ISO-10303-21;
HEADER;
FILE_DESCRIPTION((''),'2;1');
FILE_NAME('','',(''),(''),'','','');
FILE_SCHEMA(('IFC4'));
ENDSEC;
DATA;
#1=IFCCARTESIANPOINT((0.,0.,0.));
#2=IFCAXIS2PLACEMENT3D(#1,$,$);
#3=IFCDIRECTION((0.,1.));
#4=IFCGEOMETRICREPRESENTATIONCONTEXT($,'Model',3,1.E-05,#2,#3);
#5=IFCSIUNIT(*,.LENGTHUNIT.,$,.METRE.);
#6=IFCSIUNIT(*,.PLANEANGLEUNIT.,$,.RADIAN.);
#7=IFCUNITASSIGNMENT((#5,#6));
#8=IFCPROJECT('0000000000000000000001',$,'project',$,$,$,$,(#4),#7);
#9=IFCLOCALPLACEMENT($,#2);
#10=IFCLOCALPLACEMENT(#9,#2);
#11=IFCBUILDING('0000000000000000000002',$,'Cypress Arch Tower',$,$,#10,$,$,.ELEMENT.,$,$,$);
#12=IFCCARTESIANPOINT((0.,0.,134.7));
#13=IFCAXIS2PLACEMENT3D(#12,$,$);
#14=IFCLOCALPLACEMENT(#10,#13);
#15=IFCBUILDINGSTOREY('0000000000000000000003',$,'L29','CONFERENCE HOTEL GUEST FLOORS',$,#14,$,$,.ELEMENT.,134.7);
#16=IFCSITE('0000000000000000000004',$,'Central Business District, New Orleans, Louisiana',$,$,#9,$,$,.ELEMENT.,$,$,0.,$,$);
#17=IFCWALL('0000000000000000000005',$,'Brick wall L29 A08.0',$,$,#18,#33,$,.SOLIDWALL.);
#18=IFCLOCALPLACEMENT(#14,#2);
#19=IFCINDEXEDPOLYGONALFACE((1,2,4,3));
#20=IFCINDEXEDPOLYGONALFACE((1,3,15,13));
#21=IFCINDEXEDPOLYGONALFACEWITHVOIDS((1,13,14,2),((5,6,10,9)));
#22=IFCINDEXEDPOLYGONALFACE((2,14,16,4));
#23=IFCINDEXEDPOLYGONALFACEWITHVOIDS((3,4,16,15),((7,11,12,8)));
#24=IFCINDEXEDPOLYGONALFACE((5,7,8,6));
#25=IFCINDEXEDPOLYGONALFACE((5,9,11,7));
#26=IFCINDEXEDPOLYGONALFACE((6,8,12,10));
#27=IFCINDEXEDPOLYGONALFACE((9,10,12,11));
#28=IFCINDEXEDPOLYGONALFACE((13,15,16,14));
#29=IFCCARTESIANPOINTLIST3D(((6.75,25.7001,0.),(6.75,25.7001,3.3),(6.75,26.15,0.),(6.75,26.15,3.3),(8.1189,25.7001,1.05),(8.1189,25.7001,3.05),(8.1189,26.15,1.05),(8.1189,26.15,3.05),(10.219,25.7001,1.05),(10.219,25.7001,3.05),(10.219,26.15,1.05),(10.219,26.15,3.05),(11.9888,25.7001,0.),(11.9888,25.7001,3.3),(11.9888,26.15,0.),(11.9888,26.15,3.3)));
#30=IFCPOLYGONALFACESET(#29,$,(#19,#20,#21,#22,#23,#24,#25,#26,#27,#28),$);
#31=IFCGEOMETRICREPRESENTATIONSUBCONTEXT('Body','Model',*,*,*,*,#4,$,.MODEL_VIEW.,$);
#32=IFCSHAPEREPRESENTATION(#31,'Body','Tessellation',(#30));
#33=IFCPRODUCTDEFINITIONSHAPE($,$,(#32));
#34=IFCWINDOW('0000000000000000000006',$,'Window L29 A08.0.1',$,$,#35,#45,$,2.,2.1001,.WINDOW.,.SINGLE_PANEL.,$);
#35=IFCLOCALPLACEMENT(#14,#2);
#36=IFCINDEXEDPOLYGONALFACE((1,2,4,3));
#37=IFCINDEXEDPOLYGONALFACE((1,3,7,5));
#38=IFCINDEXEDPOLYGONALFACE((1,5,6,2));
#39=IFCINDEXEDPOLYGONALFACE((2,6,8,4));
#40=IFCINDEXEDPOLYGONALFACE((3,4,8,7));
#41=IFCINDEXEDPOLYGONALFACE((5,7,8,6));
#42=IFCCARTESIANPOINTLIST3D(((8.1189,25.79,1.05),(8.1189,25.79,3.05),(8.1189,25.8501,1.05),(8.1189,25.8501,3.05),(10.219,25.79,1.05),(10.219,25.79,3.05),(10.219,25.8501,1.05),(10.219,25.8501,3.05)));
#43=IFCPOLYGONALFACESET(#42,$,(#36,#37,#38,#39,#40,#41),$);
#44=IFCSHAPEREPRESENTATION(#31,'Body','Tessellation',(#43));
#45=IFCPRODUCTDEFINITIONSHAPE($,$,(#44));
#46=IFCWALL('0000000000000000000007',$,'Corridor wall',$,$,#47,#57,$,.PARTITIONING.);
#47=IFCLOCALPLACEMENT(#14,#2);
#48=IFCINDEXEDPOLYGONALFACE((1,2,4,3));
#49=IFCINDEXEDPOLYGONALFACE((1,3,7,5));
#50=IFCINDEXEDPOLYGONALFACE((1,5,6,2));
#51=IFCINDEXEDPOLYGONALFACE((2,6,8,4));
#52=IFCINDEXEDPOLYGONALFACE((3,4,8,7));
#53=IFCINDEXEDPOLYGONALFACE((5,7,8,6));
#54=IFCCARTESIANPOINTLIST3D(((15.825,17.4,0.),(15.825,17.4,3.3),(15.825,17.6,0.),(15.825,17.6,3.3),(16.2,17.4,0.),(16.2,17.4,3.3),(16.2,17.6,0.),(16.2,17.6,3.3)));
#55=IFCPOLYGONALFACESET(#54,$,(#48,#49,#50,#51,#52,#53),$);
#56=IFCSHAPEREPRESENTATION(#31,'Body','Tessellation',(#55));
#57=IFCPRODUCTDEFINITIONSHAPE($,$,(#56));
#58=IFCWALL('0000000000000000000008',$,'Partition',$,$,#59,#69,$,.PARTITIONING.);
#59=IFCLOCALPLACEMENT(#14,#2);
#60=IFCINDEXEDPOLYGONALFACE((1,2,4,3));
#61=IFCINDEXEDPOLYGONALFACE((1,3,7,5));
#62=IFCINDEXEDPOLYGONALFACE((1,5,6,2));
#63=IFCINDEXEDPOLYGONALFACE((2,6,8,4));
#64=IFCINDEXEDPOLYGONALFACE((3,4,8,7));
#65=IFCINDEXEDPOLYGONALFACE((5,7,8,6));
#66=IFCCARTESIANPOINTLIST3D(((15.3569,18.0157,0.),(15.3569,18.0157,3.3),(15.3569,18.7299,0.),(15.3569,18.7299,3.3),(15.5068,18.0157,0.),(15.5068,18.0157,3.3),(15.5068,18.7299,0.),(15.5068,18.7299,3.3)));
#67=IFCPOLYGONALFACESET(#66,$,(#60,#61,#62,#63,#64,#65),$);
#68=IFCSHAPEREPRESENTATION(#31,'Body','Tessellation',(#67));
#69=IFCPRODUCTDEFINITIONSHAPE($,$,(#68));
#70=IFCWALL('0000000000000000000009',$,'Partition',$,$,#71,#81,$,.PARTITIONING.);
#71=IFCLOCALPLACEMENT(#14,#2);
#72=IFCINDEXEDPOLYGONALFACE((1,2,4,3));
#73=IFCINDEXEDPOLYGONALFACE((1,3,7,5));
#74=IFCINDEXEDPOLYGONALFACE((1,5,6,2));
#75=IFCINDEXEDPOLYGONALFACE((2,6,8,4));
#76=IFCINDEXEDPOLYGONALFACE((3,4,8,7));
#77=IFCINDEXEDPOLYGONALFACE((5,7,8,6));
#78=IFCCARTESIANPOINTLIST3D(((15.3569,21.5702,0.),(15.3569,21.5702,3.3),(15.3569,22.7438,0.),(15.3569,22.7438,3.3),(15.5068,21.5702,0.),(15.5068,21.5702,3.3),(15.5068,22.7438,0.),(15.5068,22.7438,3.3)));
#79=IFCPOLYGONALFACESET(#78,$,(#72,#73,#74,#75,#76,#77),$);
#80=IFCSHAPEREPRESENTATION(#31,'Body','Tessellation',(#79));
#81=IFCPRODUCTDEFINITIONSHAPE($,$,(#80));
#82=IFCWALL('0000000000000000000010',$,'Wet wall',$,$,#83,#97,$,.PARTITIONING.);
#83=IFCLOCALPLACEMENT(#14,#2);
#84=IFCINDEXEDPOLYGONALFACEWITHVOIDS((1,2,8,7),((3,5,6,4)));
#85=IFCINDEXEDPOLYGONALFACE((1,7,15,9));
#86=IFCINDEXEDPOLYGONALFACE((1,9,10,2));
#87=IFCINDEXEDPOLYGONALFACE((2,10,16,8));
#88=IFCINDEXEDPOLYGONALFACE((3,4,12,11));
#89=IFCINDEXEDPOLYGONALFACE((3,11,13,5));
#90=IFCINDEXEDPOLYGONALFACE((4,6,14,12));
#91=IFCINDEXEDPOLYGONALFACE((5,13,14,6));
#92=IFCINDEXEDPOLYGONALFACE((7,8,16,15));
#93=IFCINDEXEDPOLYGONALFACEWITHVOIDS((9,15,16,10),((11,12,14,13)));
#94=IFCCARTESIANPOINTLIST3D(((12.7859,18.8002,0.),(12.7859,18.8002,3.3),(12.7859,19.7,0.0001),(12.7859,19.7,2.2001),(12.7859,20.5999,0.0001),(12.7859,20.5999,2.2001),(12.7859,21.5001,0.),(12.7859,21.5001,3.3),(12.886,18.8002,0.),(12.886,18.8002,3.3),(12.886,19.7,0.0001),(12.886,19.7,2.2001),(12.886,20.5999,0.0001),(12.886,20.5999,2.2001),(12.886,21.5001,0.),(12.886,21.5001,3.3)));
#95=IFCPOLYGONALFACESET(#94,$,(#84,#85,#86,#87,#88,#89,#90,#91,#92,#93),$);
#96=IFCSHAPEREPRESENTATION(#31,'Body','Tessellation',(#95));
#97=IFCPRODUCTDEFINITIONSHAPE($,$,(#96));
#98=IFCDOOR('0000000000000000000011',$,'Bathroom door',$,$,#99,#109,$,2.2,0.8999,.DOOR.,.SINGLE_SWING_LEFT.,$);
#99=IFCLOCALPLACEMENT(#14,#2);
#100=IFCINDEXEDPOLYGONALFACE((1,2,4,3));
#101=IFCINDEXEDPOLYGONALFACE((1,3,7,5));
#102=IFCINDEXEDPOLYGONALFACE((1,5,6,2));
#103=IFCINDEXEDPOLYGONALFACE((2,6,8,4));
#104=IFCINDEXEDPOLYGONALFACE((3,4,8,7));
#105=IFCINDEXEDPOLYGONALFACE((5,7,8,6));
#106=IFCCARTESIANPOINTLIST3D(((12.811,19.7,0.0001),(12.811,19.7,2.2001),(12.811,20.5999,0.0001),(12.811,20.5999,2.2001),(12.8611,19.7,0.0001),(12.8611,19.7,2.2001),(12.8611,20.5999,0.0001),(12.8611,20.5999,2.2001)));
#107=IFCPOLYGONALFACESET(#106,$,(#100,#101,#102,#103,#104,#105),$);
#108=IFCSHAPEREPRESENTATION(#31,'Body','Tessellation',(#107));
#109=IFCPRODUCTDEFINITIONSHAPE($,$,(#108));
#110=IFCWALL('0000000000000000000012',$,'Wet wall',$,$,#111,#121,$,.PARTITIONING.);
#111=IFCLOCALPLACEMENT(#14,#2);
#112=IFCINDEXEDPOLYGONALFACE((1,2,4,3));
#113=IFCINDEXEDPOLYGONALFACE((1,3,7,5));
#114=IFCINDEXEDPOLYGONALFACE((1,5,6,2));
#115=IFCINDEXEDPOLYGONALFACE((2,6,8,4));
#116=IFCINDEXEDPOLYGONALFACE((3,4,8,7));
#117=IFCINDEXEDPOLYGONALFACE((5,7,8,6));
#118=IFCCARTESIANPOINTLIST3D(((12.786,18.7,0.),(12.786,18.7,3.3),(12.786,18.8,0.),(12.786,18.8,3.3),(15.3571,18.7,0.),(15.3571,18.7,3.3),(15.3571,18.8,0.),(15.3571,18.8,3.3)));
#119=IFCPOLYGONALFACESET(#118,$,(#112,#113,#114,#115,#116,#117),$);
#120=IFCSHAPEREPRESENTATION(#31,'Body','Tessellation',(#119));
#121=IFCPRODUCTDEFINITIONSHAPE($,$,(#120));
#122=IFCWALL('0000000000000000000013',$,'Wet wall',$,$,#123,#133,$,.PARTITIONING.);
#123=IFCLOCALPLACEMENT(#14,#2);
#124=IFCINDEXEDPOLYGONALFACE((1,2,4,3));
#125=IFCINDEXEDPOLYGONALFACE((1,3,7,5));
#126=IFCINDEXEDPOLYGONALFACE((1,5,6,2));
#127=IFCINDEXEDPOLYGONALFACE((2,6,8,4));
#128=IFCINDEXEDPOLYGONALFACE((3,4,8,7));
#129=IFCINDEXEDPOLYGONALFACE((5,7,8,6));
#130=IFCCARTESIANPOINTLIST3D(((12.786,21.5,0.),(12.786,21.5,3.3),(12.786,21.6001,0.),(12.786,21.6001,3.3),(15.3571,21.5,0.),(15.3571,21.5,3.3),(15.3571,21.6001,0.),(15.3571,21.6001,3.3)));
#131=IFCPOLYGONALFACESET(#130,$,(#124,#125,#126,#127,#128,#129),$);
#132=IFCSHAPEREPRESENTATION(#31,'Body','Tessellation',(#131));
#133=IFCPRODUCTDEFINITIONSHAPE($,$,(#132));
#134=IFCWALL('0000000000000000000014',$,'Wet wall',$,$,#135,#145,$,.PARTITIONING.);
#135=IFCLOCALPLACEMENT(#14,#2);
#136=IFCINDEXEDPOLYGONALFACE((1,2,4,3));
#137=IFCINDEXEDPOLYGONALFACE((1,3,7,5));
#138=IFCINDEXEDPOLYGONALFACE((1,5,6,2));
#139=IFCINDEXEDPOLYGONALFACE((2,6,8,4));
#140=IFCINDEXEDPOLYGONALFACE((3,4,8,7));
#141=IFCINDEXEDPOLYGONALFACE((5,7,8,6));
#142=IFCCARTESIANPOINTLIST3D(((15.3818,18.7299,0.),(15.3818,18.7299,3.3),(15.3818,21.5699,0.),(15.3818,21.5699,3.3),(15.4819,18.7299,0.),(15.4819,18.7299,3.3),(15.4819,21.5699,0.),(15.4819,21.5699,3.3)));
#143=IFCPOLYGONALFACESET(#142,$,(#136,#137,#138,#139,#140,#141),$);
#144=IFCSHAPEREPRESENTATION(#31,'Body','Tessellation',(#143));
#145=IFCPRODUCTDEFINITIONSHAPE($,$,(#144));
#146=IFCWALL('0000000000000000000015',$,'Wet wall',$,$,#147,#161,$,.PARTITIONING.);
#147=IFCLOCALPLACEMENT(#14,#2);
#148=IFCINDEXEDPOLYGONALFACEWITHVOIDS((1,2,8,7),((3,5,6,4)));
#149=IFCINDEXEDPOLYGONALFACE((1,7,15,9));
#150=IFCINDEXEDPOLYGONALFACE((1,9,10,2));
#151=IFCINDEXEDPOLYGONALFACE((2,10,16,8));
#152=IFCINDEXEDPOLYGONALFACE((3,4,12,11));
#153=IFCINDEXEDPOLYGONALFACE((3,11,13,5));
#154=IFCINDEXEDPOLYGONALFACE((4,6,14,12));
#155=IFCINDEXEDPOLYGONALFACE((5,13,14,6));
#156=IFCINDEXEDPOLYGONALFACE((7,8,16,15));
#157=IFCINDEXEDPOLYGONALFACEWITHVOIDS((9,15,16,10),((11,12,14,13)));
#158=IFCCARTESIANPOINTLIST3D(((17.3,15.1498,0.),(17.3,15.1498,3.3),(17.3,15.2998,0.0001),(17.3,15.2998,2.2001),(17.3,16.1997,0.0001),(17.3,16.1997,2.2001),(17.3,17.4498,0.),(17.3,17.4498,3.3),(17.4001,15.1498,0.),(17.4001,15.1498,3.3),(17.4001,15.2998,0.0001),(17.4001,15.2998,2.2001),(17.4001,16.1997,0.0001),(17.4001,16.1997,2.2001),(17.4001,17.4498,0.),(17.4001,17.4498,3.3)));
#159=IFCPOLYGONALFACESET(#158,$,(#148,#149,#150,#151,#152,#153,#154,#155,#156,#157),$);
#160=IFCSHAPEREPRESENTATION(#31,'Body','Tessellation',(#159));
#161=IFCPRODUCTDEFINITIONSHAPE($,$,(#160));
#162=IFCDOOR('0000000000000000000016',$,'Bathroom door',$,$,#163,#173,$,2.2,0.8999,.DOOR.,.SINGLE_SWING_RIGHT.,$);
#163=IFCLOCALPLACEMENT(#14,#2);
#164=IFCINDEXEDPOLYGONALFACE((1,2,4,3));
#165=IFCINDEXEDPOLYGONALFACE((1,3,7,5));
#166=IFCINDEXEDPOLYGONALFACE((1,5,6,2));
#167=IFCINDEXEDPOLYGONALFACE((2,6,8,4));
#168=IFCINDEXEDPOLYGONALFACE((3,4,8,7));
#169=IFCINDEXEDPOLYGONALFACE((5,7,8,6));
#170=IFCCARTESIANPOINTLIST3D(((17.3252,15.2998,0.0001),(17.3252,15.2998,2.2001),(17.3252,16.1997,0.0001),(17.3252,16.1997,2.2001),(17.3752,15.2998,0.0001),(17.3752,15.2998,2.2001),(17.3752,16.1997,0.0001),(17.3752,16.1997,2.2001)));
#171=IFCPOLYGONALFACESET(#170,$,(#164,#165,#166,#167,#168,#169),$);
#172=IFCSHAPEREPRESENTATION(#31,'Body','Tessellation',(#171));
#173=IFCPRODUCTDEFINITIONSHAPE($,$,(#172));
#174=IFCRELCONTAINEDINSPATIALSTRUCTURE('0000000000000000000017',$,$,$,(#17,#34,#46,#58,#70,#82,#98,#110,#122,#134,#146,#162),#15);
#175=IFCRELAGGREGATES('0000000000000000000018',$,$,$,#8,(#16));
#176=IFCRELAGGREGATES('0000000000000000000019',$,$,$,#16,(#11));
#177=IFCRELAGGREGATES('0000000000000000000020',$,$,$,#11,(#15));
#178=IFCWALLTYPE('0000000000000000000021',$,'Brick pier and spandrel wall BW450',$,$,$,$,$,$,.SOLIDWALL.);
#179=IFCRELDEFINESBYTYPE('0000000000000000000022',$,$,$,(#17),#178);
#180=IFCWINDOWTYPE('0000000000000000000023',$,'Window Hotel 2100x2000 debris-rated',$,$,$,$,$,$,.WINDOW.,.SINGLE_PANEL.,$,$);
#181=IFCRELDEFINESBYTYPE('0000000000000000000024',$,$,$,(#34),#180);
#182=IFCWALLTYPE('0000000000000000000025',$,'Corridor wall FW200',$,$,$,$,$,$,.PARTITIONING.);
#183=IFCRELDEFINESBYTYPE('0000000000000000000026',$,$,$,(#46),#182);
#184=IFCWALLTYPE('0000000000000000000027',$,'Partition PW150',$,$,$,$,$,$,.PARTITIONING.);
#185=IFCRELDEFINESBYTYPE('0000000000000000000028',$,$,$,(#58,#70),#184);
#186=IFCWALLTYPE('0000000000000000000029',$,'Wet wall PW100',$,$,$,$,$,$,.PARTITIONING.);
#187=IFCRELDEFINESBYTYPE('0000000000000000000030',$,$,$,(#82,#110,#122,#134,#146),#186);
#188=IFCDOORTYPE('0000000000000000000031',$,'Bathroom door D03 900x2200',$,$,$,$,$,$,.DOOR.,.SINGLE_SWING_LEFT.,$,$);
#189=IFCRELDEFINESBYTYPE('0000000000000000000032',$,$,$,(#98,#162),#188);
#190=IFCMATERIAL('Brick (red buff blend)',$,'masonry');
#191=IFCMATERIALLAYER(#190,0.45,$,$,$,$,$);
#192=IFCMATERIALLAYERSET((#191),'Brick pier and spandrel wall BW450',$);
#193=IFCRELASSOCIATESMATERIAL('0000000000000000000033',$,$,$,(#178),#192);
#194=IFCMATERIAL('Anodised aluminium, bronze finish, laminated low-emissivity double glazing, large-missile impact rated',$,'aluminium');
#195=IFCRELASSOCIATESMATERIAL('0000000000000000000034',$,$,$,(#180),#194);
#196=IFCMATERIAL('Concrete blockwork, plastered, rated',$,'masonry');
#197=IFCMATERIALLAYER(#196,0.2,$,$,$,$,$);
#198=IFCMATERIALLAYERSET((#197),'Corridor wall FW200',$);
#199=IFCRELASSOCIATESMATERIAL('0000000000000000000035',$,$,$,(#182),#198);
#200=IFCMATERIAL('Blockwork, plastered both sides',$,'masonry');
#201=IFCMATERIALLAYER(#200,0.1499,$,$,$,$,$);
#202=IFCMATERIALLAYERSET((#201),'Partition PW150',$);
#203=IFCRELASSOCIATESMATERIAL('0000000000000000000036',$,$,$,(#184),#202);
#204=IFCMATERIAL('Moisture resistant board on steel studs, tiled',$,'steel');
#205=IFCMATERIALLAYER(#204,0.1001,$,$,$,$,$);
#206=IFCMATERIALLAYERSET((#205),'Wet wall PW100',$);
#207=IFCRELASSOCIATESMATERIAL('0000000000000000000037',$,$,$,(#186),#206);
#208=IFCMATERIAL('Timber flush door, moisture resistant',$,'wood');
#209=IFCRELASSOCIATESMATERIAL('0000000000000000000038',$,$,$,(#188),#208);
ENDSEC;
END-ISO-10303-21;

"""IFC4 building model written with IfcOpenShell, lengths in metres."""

from ifc_helpers import new_model, si_unit, direction, frame, frame_2d, origin, place, context, subcontext, project, spatial, rectangle, extrude, material, layer, layer_set, type_object, element, fill, save


model = new_model("IFC4")

# Units and contexts
model_context = context("Model", 3, precision=1e-05, world=origin(), true_north=direction((0.0, 1.0)))
body_context = subcontext(model_context, "Body", "Model", "MODEL_VIEW")
ifc_project = project(units=[si_unit("LENGTHUNIT", "METRE"), si_unit("PLANEANGLEUNIT", "RADIAN")], contexts=[model_context])

# Site, building, storey
site_placement = place(None, origin())
site = spatial("IfcSite", under=ifc_project, at=site_placement, Name="Central Business District, New Orleans, Louisiana", CompositionType="ELEMENT", RefElevation=0.0)
building_placement = place(site_placement, origin())
building = spatial("IfcBuilding", under=site, at=building_placement, Name="Cypress Arch Tower", CompositionType="ELEMENT")
storey_placement = place(building_placement, frame((0.0, 0.0, 134.7)))
storey = spatial("IfcBuildingStorey", under=building, at=storey_placement, Name="L29", Description="CONFERENCE HOTEL GUEST FLOORS", CompositionType="ELEMENT", Elevation=134.7)

# Shared definitions
ifc_material_1 = material(Name="Brick (red buff blend)", Category="masonry")
ifc_layer_1 = layer(ifc_material_1, 0.45)
ifc_layer_set_1 = layer_set([ifc_layer_1], Name="Brick pier and spandrel wall BW450")
wall_type_1 = type_object("IfcWallType", Name="Brick pier and spandrel wall BW450", PredefinedType="SOLIDWALL", material=ifc_layer_set_1)

# Wall, opening, window
wall_1_placement = place(storey_placement, frame((11.9888, 25.925, 0.0), z_axis=(0.0, 0.0, 1.0), x_axis=(-1.0, 0.0, 0.0)))
wall_1 = element("IfcWall", 1, at=wall_1_placement, inside=storey, type_object=wall_type_1, Name="Brick wall L29 A08.0", PredefinedType="SOLIDWALL", context=body_context, shape_type="SweptSolid", body=[
    extrude(rectangle(XDim=5.2388, YDim=0.45, at=frame_2d((2.6194, 0.0))), origin(), (0.0, 0.0, 1.0), 3.3),
])
opening_1_placement = place(wall_1_placement, frame((1.7698, 0.0, 1.05)))
opening_1 = element("IfcOpeningElement", 2, at=opening_1_placement, cuts=wall_1, PredefinedType="OPENING", context=body_context, shape_type="SweptSolid", body=[
    extrude(rectangle(XDim=2.1001, YDim=2.0, at=frame_2d((1.05, 1.0))), frame((0.0, 0.2349, 0.0), z_axis=(0.0, -1.0, 0.0), x_axis=(1.0, 0.0, 0.0)), (0.0, 0.0, 1.0), 0.47),
])
ifc_material_2 = material(Name="Anodised aluminium, bronze finish, laminated low-emissivity double glazing, large-missile impact rated", Category="aluminium")
window_type_1 = type_object("IfcWindowType", Name="Window Hotel 2100x2000 debris-rated", PartitioningType="SINGLE_PANEL", PredefinedType="WINDOW", material=ifc_material_2)
window_1_placement = place(opening_1_placement, origin())
window_1 = element("IfcWindow", 3, at=window_1_placement, inside=storey, type_object=window_type_1, Name="Window L29 A08.0.1", OverallHeight=2.0, OverallWidth=2.1001, PartitioningType="SINGLE_PANEL", PredefinedType="WINDOW", context=body_context, shape_type="SweptSolid", body=[
    extrude(rectangle(XDim=2.1001, YDim=2.0, at=frame_2d((1.05, 1.0))), frame((0.0, 0.135, 0.0), z_axis=(0.0, -1.0, 0.0), x_axis=(1.0, 0.0, 0.0)), (0.0, 0.0, 1.0), 0.0601),
])
fill(opening_1, window_1)

# Walls
ifc_material_3 = material(Name="Concrete blockwork, plastered, rated", Category="masonry")
ifc_layer_2 = layer(ifc_material_3, 0.2)
ifc_layer_set_2 = layer_set([ifc_layer_2], Name="Corridor wall FW200")
wall_type_2 = type_object("IfcWallType", Name="Corridor wall FW200", PredefinedType="PARTITIONING", material=ifc_layer_set_2)
wall_2_placement = place(storey_placement, frame((15.825, 17.5, 0.0), z_axis=(0.0, 0.0, 1.0), x_axis=(1.0, 0.0, 0.0)))
element("IfcWall", 4, at=wall_2_placement, inside=storey, type_object=wall_type_2, Name="Corridor wall", PredefinedType="PARTITIONING", context=body_context, shape_type="SweptSolid", body=[
    extrude(rectangle(XDim=0.375, YDim=0.2, at=frame_2d((0.1875, 0.0))), origin(), (0.0, 0.0, 1.0), 3.3),
])
ifc_material_4 = material(Name="Blockwork, plastered both sides", Category="masonry")
ifc_layer_3 = layer(ifc_material_4, 0.1499)
ifc_layer_set_3 = layer_set([ifc_layer_3], Name="Partition PW150")
wall_type_3 = type_object("IfcWallType", Name="Partition PW150", PredefinedType="PARTITIONING", material=ifc_layer_set_3)
wall_3_placement = place(storey_placement, frame((15.4319, 18.0159, 0.0), z_axis=(0.0, 0.0, 1.0), x_axis=(0.0, 1.0, 0.0)))
element("IfcWall", 5, at=wall_3_placement, inside=storey, type_object=wall_type_3, Name="Partition", PredefinedType="PARTITIONING", context=body_context, shape_type="SweptSolid", body=[
    extrude(rectangle(XDim=0.7141, YDim=0.1499, at=frame_2d((0.3569, 0.0))), origin(), (0.0, 0.0, 1.0), 3.3),
])
wall_4_placement = place(storey_placement, frame((15.4319, 21.5701, 0.0), z_axis=(0.0, 0.0, 1.0), x_axis=(0.0, 1.0, 0.0)))
element("IfcWall", 6, at=wall_4_placement, inside=storey, type_object=wall_type_3, Name="Partition", PredefinedType="PARTITIONING", context=body_context, shape_type="SweptSolid", body=[
    extrude(rectangle(XDim=1.1736, YDim=0.1499, at=frame_2d((0.5869, 0.0))), origin(), (0.0, 0.0, 1.0), 3.3),
])

# Wall, opening, door
ifc_material_5 = material(Name="Moisture resistant board on steel studs, tiled", Category="steel")
ifc_layer_4 = layer(ifc_material_5, 0.1001)
ifc_layer_set_4 = layer_set([ifc_layer_4], Name="Wet wall PW100")
wall_type_4 = type_object("IfcWallType", Name="Wet wall PW100", PredefinedType="PARTITIONING", material=ifc_layer_set_4)
wall_5_placement = place(storey_placement, frame((12.8359, 18.8, 0.0), z_axis=(0.0, 0.0, 1.0), x_axis=(0.0, 1.0, 0.0)))
wall_5 = element("IfcWall", 7, at=wall_5_placement, inside=storey, type_object=wall_type_4, Name="Wet wall", PredefinedType="PARTITIONING", context=body_context, shape_type="SweptSolid", body=[
    extrude(rectangle(XDim=2.7, YDim=0.1001, at=frame_2d((1.3501, 0.0))), origin(), (0.0, 0.0, 1.0), 3.3),
])
opening_2_placement = place(wall_5_placement, frame((0.8999, 0.0, 0.0)))
opening_2 = element("IfcOpeningElement", 8, at=opening_2_placement, cuts=wall_5, PredefinedType="OPENING", context=body_context, shape_type="SweptSolid", body=[
    extrude(rectangle(XDim=0.8999, YDim=2.2, at=frame_2d((0.45, 1.1001))), frame((0.0, 0.0601, 0.0), z_axis=(0.0, -1.0, 0.0), x_axis=(1.0, 0.0, 0.0)), (0.0, 0.0, 1.0), 0.1201),
])
ifc_material_6 = material(Name="Timber flush door, moisture resistant", Category="wood")
door_type_1 = type_object("IfcDoorType", Name="Bathroom door D03 900x2200", OperationType="SINGLE_SWING_LEFT", PredefinedType="DOOR", material=ifc_material_6)
door_1_placement = place(opening_2_placement, origin())
door_1 = element("IfcDoor", 9, at=door_1_placement, inside=storey, type_object=door_type_1, Name="Bathroom door", OperationType="SINGLE_SWING_LEFT", OverallHeight=2.2, OverallWidth=0.8999, PredefinedType="DOOR", context=body_context, shape_type="SweptSolid", body=[
    extrude(rectangle(XDim=0.8999, YDim=2.2, at=frame_2d((0.45, 1.1001))), frame((0.0, 0.0249, 0.0), z_axis=(0.0, -1.0, 0.0), x_axis=(1.0, 0.0, 0.0)), (0.0, 0.0, 1.0), 0.05),
])
fill(opening_2, door_1)

# Walls
for number, where, z_axis, x_axis, name in (
    (10, (12.7859, 18.75, 0.0), (0.0, 0.0, 1.0), (1.0, 0.0, 0.0), "Wet wall"),
    (11, (12.7859, 21.55, 0.0), (0.0, 0.0, 1.0), (1.0, 0.0, 0.0), "Wet wall"),
):
    element("IfcWall", number, at=place(storey_placement, frame(where, z_axis=z_axis, x_axis=x_axis)), inside=storey, type_object=wall_type_4, Name=name, PredefinedType="PARTITIONING", context=body_context, shape_type="SweptSolid", body=[
        extrude(rectangle(XDim=2.571, YDim=0.1001, at=frame_2d((1.2856, 0.0))), origin(), (0.0, 0.0, 1.0), 3.3),
    ])
wall_6_placement = place(storey_placement, frame((15.4319, 18.73, 0.0), z_axis=(0.0, 0.0, 1.0), x_axis=(0.0, 1.0, 0.0)))
element("IfcWall", 12, at=wall_6_placement, inside=storey, type_object=wall_type_4, Name="Wet wall", PredefinedType="PARTITIONING", context=body_context, shape_type="SweptSolid", body=[
    extrude(rectangle(XDim=2.8401, YDim=0.1001, at=frame_2d((1.4199, 0.0))), origin(), (0.0, 0.0, 1.0), 3.3),
])

# Wall, opening, door
wall_7_placement = place(storey_placement, frame((17.3501, 15.1499, 0.0), z_axis=(0.0, 0.0, 1.0), x_axis=(0.0, 1.0, 0.0)))
wall_7 = element("IfcWall", 13, at=wall_7_placement, inside=storey, type_object=wall_type_4, Name="Wet wall", PredefinedType="PARTITIONING", context=body_context, shape_type="SweptSolid", body=[
    extrude(rectangle(XDim=2.3, YDim=0.1001, at=frame_2d((1.1499, 0.0))), origin(), (0.0, 0.0, 1.0), 3.3),
])
opening_3_placement = place(wall_7_placement, frame((0.1499, 0.0, 0.0)))
opening_3 = element("IfcOpeningElement", 14, at=opening_3_placement, cuts=wall_7, PredefinedType="OPENING", context=body_context, shape_type="SweptSolid", body=[
    extrude(rectangle(XDim=0.8999, YDim=2.2, at=frame_2d((0.45, 1.1001))), frame((0.0, 0.0601, 0.0), z_axis=(0.0, -1.0, 0.0), x_axis=(1.0, 0.0, 0.0)), (0.0, 0.0, 1.0), 0.1201),
])
door_2_placement = place(opening_3_placement, origin())
door_2 = element("IfcDoor", 15, at=door_2_placement, inside=storey, type_object=door_type_1, Name="Bathroom door", OperationType="SINGLE_SWING_RIGHT", OverallHeight=2.2, OverallWidth=0.8999, PredefinedType="DOOR", context=body_context, shape_type="SweptSolid", body=[
    extrude(rectangle(XDim=0.8999, YDim=2.2, at=frame_2d((0.45, 1.1001))), frame((0.0, 0.0249, 0.0), z_axis=(0.0, -1.0, 0.0), x_axis=(1.0, 0.0, 0.0)), (0.0, 0.0, 1.0), 0.05),
])
fill(opening_3, door_2)

save(model, "model.ifc")
